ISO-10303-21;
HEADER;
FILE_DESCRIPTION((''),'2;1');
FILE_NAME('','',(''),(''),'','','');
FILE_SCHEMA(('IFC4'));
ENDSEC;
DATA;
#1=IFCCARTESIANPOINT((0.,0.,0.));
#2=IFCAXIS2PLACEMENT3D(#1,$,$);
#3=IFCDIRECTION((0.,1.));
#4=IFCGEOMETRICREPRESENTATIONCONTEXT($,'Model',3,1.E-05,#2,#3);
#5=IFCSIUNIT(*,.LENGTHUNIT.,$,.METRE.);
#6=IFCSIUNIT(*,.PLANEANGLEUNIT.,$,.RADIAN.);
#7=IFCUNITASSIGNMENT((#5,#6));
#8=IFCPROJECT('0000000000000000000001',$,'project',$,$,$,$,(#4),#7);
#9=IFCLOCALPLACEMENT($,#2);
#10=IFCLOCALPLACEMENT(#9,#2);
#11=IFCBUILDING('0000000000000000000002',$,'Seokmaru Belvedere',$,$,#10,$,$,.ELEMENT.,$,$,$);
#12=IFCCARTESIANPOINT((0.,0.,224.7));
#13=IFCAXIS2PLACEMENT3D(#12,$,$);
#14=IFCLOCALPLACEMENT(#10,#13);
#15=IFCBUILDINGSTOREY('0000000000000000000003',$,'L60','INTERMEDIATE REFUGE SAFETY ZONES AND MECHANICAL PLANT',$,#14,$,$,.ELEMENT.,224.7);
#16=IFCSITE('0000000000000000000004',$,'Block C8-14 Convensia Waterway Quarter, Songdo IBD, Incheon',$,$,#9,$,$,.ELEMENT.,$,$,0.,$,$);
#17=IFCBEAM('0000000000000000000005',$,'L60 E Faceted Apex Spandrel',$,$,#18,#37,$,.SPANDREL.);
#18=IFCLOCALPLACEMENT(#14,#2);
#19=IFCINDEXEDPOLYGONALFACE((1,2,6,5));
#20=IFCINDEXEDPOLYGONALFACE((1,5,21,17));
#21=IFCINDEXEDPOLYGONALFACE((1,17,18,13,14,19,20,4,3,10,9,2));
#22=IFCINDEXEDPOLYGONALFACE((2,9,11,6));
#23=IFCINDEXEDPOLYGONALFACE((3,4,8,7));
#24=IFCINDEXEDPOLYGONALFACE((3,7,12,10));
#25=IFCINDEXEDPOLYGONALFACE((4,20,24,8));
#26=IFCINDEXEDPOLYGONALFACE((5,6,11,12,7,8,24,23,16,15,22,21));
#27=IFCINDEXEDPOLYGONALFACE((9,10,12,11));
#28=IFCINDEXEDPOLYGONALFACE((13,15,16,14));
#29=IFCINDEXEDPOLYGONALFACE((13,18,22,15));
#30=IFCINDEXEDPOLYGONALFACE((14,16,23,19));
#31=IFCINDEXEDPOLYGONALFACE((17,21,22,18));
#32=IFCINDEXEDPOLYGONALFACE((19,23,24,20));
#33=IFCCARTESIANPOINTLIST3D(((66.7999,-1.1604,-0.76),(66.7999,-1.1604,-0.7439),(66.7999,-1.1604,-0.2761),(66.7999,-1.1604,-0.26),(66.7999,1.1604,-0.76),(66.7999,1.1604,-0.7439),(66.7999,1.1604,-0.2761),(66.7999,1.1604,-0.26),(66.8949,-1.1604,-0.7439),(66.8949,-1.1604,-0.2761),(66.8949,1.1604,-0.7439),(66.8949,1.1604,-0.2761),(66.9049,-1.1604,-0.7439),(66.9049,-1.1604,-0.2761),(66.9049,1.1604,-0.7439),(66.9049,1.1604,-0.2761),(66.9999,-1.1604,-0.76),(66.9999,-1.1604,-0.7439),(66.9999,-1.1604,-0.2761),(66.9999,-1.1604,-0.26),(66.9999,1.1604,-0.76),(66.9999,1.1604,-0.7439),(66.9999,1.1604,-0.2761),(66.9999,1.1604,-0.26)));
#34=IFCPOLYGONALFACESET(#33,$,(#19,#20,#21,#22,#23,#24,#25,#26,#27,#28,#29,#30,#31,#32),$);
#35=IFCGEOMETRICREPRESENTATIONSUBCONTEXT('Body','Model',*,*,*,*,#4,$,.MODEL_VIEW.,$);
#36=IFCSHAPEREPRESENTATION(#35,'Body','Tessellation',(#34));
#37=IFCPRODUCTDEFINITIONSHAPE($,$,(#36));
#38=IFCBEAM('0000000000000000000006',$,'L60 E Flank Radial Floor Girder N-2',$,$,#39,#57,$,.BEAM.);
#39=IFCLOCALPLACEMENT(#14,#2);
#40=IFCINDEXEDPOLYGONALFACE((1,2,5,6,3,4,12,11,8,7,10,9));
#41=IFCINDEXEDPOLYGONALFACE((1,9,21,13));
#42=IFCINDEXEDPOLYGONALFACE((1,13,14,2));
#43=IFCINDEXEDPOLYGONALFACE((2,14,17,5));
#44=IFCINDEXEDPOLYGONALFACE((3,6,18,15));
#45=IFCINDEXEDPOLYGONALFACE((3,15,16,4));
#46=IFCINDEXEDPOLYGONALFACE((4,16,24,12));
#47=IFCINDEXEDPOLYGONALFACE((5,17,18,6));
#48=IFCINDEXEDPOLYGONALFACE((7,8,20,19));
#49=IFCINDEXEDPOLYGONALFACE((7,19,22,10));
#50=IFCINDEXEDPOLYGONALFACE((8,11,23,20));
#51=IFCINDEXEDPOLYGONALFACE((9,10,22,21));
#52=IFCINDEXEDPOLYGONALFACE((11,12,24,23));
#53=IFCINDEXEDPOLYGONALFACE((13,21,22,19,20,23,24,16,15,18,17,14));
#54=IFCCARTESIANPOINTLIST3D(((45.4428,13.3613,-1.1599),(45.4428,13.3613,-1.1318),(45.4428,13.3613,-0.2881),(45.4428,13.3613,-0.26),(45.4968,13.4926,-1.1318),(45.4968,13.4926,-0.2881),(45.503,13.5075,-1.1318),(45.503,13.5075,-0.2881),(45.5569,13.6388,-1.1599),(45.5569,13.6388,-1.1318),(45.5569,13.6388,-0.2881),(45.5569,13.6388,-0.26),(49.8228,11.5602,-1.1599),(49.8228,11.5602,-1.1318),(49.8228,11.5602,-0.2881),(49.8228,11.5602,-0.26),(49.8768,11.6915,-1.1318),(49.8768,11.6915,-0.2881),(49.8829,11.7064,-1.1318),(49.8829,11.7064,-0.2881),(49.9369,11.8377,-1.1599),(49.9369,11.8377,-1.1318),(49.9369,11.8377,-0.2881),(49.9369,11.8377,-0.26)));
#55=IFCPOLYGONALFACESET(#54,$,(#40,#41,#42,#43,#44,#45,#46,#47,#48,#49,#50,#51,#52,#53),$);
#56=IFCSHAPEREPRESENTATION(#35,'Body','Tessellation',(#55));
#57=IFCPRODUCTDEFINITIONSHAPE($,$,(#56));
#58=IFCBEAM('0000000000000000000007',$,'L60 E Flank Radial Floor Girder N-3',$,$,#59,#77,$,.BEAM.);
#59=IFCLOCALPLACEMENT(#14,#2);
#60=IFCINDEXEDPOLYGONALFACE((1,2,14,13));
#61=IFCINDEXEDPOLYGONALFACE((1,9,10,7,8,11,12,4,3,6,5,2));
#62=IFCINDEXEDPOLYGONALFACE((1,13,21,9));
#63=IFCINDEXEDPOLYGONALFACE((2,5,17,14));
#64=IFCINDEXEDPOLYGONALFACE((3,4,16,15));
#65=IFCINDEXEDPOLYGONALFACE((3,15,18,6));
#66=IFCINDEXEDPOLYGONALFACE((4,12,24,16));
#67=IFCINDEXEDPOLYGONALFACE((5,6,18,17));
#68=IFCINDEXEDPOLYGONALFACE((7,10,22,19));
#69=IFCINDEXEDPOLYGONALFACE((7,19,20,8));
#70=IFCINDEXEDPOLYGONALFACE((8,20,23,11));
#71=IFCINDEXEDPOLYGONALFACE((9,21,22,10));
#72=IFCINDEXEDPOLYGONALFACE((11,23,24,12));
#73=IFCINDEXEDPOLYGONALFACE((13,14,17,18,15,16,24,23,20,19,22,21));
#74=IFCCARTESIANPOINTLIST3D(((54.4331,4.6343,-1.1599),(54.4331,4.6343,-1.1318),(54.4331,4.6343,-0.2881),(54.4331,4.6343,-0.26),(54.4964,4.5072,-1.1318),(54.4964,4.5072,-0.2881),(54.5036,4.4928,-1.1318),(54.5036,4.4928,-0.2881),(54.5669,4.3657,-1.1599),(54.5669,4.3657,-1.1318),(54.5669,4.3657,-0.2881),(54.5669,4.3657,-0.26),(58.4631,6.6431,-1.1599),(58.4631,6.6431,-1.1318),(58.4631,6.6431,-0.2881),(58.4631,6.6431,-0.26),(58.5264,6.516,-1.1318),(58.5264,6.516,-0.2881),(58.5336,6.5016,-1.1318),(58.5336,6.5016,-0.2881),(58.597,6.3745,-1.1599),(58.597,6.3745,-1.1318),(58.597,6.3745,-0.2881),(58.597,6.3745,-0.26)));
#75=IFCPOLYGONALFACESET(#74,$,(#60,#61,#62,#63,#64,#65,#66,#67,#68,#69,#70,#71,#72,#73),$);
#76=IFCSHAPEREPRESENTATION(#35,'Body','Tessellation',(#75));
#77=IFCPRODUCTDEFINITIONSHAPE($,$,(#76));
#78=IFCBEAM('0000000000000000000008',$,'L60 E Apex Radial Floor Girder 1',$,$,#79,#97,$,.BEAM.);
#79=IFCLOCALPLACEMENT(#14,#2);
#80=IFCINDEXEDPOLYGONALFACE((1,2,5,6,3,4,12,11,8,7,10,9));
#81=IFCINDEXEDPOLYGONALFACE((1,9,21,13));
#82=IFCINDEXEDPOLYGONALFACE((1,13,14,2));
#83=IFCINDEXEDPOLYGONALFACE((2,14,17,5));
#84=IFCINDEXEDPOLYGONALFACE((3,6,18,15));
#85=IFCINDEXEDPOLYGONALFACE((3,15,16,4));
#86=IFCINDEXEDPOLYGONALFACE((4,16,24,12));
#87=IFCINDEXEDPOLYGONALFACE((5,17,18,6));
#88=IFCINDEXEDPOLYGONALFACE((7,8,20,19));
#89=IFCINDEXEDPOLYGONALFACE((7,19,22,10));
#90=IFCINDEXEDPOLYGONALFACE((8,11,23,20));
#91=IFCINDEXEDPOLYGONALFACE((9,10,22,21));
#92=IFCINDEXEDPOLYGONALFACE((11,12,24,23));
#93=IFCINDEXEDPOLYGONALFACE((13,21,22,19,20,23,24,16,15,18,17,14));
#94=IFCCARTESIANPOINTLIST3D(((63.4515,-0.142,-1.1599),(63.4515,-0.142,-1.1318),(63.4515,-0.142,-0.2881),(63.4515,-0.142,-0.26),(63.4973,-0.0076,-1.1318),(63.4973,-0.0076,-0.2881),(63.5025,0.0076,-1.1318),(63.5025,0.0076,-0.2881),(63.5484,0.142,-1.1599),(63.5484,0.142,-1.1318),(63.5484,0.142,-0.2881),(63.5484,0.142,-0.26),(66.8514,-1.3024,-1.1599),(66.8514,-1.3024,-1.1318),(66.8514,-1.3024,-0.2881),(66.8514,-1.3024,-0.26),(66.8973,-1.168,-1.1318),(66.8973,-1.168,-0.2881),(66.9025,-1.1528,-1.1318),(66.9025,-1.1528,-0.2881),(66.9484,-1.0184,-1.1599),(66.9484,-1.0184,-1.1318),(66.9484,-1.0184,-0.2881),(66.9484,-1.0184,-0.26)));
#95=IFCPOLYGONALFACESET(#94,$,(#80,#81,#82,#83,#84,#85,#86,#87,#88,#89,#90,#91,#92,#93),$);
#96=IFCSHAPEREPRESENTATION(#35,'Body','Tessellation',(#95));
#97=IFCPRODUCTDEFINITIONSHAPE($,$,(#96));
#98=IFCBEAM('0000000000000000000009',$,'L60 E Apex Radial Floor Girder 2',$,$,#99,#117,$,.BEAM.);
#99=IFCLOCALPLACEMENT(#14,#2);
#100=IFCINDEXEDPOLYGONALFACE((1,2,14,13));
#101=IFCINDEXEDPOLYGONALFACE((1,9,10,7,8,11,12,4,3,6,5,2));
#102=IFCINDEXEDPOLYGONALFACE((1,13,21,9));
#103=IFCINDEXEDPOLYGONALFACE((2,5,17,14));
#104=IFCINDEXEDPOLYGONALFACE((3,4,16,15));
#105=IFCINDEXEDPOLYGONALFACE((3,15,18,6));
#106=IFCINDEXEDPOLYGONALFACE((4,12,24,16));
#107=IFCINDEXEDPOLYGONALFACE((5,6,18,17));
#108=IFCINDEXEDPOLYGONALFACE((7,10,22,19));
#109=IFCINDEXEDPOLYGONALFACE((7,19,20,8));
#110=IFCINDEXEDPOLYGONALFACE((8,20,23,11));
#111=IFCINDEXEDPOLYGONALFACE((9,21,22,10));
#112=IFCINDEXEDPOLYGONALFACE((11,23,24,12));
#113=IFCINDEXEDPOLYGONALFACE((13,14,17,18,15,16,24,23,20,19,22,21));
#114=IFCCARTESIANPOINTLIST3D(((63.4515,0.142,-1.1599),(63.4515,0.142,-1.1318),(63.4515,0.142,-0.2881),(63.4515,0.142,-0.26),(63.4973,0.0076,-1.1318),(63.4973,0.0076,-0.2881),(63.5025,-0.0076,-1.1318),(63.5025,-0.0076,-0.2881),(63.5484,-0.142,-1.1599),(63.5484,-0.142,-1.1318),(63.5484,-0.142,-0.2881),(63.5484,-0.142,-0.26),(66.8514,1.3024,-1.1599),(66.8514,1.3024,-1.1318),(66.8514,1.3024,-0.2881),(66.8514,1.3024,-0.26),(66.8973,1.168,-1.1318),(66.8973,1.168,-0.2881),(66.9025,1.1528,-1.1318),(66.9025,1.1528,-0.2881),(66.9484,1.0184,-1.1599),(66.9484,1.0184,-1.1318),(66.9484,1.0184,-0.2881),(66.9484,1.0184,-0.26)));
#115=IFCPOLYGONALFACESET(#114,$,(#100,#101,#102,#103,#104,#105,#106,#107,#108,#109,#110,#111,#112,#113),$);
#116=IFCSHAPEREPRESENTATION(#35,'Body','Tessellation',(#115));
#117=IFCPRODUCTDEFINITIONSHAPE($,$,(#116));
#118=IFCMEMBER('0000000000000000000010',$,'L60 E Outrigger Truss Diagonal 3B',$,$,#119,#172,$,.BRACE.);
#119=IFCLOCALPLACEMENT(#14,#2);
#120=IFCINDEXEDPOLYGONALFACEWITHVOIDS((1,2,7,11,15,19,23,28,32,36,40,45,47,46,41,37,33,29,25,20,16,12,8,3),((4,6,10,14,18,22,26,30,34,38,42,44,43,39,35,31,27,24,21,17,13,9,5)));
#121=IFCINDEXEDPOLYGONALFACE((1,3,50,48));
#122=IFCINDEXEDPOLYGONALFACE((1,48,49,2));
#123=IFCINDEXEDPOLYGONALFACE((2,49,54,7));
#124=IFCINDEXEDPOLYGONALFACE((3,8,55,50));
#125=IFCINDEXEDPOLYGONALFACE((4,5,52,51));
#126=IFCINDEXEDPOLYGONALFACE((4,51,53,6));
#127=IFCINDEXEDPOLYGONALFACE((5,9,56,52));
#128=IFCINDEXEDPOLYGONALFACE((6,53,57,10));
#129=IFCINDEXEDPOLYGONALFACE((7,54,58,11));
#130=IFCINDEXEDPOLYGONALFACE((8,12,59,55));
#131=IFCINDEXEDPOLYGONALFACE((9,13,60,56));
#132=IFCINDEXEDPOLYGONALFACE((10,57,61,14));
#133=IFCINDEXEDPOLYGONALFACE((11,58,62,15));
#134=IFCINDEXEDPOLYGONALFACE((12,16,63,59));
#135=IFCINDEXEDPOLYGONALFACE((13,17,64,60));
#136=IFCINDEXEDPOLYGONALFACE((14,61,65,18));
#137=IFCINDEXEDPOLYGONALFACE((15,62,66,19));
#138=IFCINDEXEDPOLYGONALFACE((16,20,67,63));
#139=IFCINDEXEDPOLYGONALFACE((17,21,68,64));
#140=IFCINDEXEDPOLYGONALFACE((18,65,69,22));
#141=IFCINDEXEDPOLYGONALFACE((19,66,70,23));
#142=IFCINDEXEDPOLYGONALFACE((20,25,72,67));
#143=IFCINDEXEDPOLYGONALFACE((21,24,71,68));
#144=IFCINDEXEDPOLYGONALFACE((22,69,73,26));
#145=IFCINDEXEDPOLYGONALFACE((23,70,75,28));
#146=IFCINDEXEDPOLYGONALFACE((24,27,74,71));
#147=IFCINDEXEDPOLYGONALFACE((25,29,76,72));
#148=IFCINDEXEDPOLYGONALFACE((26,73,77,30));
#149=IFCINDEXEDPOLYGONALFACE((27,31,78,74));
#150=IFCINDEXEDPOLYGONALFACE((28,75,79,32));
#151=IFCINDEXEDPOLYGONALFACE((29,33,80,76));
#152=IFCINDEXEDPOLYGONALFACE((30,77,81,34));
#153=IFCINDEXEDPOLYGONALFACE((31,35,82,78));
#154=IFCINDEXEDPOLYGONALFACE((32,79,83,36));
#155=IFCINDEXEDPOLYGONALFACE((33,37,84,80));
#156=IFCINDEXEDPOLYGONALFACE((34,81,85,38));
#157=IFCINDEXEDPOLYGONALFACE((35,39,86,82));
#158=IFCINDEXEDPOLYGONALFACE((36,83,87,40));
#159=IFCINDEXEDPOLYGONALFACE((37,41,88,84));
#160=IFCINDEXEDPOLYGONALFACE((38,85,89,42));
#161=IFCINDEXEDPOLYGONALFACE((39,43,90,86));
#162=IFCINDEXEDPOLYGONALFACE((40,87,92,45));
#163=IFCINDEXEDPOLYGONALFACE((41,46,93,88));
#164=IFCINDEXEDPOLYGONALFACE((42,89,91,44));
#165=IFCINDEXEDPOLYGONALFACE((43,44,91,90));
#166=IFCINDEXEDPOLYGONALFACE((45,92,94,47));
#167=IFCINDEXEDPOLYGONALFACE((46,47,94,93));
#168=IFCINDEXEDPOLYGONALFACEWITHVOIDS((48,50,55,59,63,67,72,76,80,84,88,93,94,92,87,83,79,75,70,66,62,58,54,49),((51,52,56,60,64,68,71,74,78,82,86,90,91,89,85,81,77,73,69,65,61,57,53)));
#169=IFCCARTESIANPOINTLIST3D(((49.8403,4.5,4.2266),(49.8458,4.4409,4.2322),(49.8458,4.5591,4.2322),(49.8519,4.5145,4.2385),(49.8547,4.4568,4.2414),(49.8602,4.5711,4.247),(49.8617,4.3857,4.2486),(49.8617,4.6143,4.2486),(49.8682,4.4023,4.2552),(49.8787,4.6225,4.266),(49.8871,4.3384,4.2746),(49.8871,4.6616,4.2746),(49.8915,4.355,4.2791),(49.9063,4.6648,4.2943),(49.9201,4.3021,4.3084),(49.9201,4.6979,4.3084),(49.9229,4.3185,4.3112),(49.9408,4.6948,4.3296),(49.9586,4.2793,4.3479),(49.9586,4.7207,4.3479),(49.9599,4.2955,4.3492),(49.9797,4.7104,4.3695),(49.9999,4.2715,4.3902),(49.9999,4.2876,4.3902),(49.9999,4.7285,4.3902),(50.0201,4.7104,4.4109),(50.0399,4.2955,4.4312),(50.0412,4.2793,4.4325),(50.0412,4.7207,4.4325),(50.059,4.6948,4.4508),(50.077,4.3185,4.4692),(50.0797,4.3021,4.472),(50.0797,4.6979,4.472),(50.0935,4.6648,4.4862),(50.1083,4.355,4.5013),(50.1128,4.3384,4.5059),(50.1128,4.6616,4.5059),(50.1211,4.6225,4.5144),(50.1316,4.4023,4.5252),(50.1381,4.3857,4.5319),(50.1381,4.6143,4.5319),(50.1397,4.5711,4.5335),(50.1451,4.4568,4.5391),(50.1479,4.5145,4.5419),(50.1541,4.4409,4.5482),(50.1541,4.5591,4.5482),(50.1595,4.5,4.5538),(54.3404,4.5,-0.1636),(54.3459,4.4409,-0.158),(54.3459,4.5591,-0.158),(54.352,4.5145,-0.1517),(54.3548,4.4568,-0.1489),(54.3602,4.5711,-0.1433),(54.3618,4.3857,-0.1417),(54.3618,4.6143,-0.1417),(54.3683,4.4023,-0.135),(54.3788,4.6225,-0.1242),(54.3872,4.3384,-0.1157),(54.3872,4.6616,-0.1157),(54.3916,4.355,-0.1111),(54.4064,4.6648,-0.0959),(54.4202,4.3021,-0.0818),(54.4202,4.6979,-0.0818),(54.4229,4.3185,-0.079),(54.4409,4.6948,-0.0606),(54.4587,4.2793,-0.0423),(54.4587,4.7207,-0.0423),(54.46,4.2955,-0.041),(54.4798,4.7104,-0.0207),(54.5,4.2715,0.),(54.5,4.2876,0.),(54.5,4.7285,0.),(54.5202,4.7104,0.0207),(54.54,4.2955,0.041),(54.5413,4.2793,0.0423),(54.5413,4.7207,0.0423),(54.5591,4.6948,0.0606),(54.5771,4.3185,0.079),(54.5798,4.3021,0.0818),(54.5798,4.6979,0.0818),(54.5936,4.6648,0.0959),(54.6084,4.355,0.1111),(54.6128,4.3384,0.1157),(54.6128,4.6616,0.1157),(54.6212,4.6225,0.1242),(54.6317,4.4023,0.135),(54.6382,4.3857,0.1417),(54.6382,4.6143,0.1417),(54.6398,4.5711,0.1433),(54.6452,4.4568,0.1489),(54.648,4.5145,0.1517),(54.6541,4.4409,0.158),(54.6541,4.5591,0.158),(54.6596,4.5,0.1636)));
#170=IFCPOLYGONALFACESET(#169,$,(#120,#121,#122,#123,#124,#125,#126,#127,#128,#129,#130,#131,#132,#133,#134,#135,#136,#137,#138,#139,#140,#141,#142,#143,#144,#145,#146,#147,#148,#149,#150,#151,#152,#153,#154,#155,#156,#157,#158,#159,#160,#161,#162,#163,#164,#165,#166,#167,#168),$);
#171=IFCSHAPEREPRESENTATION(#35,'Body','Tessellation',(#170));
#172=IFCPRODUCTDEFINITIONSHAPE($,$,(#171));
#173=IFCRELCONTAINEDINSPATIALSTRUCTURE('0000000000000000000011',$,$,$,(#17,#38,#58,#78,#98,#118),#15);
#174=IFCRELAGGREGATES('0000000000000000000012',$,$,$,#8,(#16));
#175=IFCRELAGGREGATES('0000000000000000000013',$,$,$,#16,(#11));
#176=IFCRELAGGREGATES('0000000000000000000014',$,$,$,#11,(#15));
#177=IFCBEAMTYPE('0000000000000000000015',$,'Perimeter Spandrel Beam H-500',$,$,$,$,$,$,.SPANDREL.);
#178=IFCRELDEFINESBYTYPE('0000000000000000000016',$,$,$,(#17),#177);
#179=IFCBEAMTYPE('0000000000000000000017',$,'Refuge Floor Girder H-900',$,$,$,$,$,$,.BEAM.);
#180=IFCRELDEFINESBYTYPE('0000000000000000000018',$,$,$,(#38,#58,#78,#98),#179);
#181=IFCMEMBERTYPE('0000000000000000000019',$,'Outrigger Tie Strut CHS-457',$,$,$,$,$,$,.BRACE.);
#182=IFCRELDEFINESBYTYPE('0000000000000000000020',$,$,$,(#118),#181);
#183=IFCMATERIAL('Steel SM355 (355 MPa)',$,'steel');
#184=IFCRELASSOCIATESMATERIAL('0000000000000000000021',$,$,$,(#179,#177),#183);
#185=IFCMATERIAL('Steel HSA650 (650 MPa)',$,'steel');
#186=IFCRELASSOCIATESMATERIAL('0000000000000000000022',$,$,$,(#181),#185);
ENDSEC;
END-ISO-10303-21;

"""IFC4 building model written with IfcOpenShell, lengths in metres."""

from ifc_helpers import new_model, si_unit, direction, frame, origin, origin_2d, place, context, subcontext, project, spatial, hollow_circle, i_section, extrude, source, transform, mapped, material, material_profile, profile_set, type_object, type_shapes, element, save


model = new_model("IFC4")

# Units and contexts
model_context = context("Model", 3, precision=1e-05, world=origin(), true_north=direction((0.0, 1.0)))
body_context = subcontext(model_context, "Body", "Model", "MODEL_VIEW")
ifc_project = project(units=[si_unit("LENGTHUNIT", "METRE"), si_unit("PLANEANGLEUNIT", "RADIAN")], contexts=[model_context])

# Site, building, storey
site_placement = place(None, origin())
site = spatial("IfcSite", under=ifc_project, at=site_placement, Name="Block C8-14 Convensia Waterway Quarter, Songdo IBD, Incheon", CompositionType="ELEMENT", RefElevation=0.0)
building_placement = place(site_placement, origin())
building = spatial("IfcBuilding", under=site, at=building_placement, Name="Seokmaru Belvedere", CompositionType="ELEMENT")
storey_placement = place(building_placement, frame((0.0, 0.0, 224.7)))
storey = spatial("IfcBuildingStorey", under=building, at=storey_placement, Name="L60", Description="INTERMEDIATE REFUGE SAFETY ZONES AND MECHANICAL PLANT", CompositionType="ELEMENT", Elevation=224.7)

# Shared definitions
ifc_material_1 = material(Name="Steel SM355 (355 MPa)", Category="steel")

# Beams
ifc_material_profile_1 = material_profile(ifc_material_1, i_section(OverallWidth=0.3, OverallDepth=0.8999, WebThickness=0.0161, FlangeThickness=0.0281, at=origin_2d()), Name="H-900x300x16x28")
ifc_profile_set_1 = profile_set([ifc_material_profile_1], Name="Steel SM355 (355 MPa)")
beam_type_1 = type_object("IfcBeamType", Name="Refuge Floor Girder H-900", PredefinedType="BEAM", material=ifc_profile_set_1)
ifc_material_profile_2 = material_profile(ifc_material_1, i_section(OverallWidth=0.2, OverallDepth=0.5, WebThickness=0.01, FlangeThickness=0.0161, at=origin_2d()), Name="H-500x200x10x16")
ifc_profile_set_2 = profile_set([ifc_material_profile_2], Name="Steel SM355 (355 MPa)")
beam_type_2 = type_object("IfcBeamType", Name="Perimeter Spandrel Beam H-500", PredefinedType="SPANDREL", material=ifc_profile_set_2)
shared_shape_1 = source(origin(), body_context, "Body", "SweptSolid", [
    extrude(i_section(OverallWidth=0.2, OverallDepth=0.5, WebThickness=0.01, FlangeThickness=0.0161, at=origin_2d()), origin(), (0.0, 0.0, 1.0), 2.3208),
])
beam_1_placement = place(storey_placement, frame((66.8999, -1.1604, -0.51), z_axis=(0.0, 1.0, 0.0), x_axis=(-1.0, 0.0, 0.0)))
element("IfcBeam", 1, at=beam_1_placement, inside=storey, type_object=beam_type_2, Name="L60 E Faceted Apex Spandrel", PredefinedType="SPANDREL", context=body_context, shape_type="MappedRepresentation", body=[
    mapped(shared_shape_1, transform((0.0, 0.0, 0.0), scale=1.0)),
])
shared_shape_2 = source(origin(), body_context, "Body", "SweptSolid", [
    extrude(i_section(OverallWidth=0.3, OverallDepth=0.8999, WebThickness=0.0161, FlangeThickness=0.0281, at=origin_2d()), origin(), (0.0, 0.0, 1.0), 4.7358),
])
beam_2_placement = place(storey_placement, frame((49.8799, 11.699, -0.71), z_axis=(-0.924861, 0.380306, 0.0), x_axis=(-0.380306, -0.924861, 0.0)))
element("IfcBeam", 2, at=beam_2_placement, inside=storey, type_object=beam_type_1, Name="L60 E Flank Radial Floor Girder N-2", PredefinedType="BEAM", context=body_context, shape_type="MappedRepresentation", body=[
    mapped(shared_shape_2, transform((0.0, 0.0, 0.0), scale=1.0)),
])
shared_shape_3 = source(origin(), body_context, "Body", "SweptSolid", [
    extrude(i_section(OverallWidth=0.3, OverallDepth=0.8999, WebThickness=0.0161, FlangeThickness=0.0281, at=origin_2d()), origin(), (0.0, 0.0, 1.0), 4.5029),
])
beam_3_placement = place(storey_placement, frame((58.53, 6.5088, -0.71), z_axis=(-0.89498, -0.446107, 0.0), x_axis=(0.446107, -0.89498, 0.0)))
element("IfcBeam", 3, at=beam_3_placement, inside=storey, type_object=beam_type_1, Name="L60 E Flank Radial Floor Girder N-3", PredefinedType="BEAM", context=body_context, shape_type="MappedRepresentation", body=[
    mapped(shared_shape_3, transform((0.0, 0.0, 0.0), scale=1.0)),
])
shared_shape_4 = source(origin(), body_context, "Body", "SweptSolid", [
    extrude(i_section(OverallWidth=0.3, OverallDepth=0.8999, WebThickness=0.0161, FlangeThickness=0.0281, at=origin_2d()), origin(), (0.0, 0.0, 1.0), 3.5925),
])
for number, where, z_axis, x_axis, name in (
    (4, (66.8999, -1.1604, -0.71), (-0.946396, 0.323009, 0.0), (-0.323009, -0.946396, 0.0), "L60 E Apex Radial Floor Girder 1"),
    (5, (66.8999, 1.1604, -0.71), (-0.946396, -0.323009, 0.0), (0.323009, -0.946396, 0.0), "L60 E Apex Radial Floor Girder 2"),
):
    element("IfcBeam", number, at=place(storey_placement, frame(where, z_axis=z_axis, x_axis=x_axis)), inside=storey, type_object=beam_type_1, Name=name, PredefinedType="BEAM", context=body_context, shape_type="MappedRepresentation", body=[
        mapped(shared_shape_4, transform((0.0, 0.0, 0.0), scale=1.0)),
    ])

# Member
ifc_material_2 = material(Name="Steel HSA650 (650 MPa)", Category="steel")
ifc_material_profile_3 = material_profile(ifc_material_2, hollow_circle(Radius=0.2285, WallThickness=0.0161, at=origin_2d()), Name="CHS-457.2x16.0")
ifc_profile_set_3 = profile_set([ifc_material_profile_3], Name="Steel HSA650 (650 MPa)")
member_type_1 = type_object("IfcMemberType", Name="Outrigger Tie Strut CHS-457", PredefinedType="BRACE", material=ifc_profile_set_3)
shared_shape_5 = source(origin(), body_context, "Body", "SweptSolid", [
    extrude(hollow_circle(Radius=0.2285, WallThickness=0.0161, at=origin_2d()), origin(), (0.0, 0.0, 1.0), 6.2869),
])
type_shapes(member_type_1, [shared_shape_5])
member_1_placement = place(storey_placement, frame((54.5, 4.5, 0.0), z_axis=(-0.71579, 0.0, 0.698315), x_axis=(0.0, -1.0, 0.0)))
element("IfcMember", 6, at=member_1_placement, inside=storey, type_object=member_type_1, Name="L60 E Outrigger Truss Diagonal 3B", PredefinedType="BRACE", context=body_context, shape_type="MappedRepresentation", body=[
    mapped(shared_shape_5, transform((0.0, 0.0, 0.0), scale=1.0)),
])

save(model, "model.ifc")
